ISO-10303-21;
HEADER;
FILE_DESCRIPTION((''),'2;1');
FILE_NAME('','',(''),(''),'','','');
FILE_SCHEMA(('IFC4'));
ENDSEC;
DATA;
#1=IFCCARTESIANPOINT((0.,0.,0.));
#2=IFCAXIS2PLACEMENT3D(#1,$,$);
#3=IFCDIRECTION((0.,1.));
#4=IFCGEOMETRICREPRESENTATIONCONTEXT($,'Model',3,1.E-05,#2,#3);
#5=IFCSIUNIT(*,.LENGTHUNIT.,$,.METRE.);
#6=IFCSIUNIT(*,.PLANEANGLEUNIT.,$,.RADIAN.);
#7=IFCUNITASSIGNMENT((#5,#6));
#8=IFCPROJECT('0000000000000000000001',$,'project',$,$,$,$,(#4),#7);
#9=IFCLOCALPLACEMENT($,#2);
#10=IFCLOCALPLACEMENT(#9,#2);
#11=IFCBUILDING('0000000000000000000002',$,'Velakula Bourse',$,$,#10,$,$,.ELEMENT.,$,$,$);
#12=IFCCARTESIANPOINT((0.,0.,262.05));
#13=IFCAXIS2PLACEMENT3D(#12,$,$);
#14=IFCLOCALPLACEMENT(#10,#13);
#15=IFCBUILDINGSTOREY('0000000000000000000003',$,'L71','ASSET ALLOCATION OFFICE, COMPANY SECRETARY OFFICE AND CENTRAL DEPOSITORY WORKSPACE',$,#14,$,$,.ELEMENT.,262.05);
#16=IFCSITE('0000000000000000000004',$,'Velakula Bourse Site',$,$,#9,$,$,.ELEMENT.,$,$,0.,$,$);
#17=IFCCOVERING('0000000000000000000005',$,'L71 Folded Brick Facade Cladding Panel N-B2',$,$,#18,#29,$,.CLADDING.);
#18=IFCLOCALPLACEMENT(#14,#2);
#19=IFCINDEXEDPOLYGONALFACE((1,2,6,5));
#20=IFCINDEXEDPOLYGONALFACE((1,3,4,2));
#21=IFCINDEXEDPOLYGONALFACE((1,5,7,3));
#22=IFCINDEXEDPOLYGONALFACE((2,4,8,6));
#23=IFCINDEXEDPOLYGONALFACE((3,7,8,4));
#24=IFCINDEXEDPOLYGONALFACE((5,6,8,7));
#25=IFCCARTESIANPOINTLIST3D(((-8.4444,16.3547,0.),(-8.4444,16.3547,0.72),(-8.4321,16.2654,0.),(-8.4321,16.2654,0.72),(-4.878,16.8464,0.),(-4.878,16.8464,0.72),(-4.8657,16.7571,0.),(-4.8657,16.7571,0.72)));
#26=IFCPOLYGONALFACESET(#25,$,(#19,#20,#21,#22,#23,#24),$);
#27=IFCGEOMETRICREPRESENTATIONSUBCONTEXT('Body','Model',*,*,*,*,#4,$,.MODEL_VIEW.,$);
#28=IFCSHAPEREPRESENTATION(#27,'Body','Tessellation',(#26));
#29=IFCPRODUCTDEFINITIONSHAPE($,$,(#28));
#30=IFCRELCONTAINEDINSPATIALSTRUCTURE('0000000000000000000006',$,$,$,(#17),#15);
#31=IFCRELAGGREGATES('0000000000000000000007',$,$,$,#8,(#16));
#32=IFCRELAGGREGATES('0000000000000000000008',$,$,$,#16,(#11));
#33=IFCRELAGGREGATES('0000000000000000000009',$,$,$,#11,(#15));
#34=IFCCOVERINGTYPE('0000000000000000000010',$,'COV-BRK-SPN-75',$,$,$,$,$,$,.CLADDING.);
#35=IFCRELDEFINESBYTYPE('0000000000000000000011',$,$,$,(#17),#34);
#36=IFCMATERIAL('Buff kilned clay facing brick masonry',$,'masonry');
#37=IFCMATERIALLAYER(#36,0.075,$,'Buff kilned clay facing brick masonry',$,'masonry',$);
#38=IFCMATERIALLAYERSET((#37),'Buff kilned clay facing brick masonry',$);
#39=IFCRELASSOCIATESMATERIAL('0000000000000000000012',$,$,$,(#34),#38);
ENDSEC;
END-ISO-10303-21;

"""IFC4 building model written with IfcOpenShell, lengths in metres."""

from ifc_helpers import new_model, si_unit, direction, frame, origin, origin_2d, place, context, subcontext, project, spatial, rectangle, extrude, material, layer, layer_set, type_object, element, save


model = new_model("IFC4")

# Units and contexts
model_context = context("Model", 3, precision=1e-05, world=origin(), true_north=direction((0.0, 1.0)))
body_context = subcontext(model_context, "Body", "Model", "MODEL_VIEW")
ifc_project = project(units=[si_unit("LENGTHUNIT", "METRE"), si_unit("PLANEANGLEUNIT", "RADIAN")], contexts=[model_context])

# Site, building, storey
site_placement = place(None, origin())
site = spatial("IfcSite", under=ifc_project, at=site_placement, Name="Velakula Bourse Site", CompositionType="ELEMENT", RefElevation=0.0)
building_placement = place(site_placement, origin())
building = spatial("IfcBuilding", under=site, at=building_placement, Name="Velakula Bourse", CompositionType="ELEMENT")
storey_placement = place(building_placement, frame((0.0, 0.0, 262.05)))
storey = spatial("IfcBuildingStorey", under=building, at=storey_placement, Name="L71", Description="ASSET ALLOCATION OFFICE, COMPANY SECRETARY OFFICE AND CENTRAL DEPOSITORY WORKSPACE", CompositionType="ELEMENT", Elevation=262.05)

# Shared definitions
ifc_material_1 = material(Name="Buff kilned clay facing brick masonry", Category="masonry")

# Covering
ifc_layer_1 = layer(ifc_material_1, 0.075, Name="Buff kilned clay facing brick masonry", Category="masonry")
ifc_layer_set_1 = layer_set([ifc_layer_1], Name="Buff kilned clay facing brick masonry")
covering_type = type_object("IfcCoveringType", Name="COV-BRK-SPN-75", PredefinedType="CLADDING", material=ifc_layer_set_1)
covering_placement = place(storey_placement, frame((-6.655, 16.5559, 0.0), z_axis=(0.0, 0.0, 1.0), x_axis=(0.990629, 0.13658, 0.0)))
element("IfcCovering", 1, at=covering_placement, inside=storey, type_object=covering_type, Name="L71 Folded Brick Facade Cladding Panel N-B2", PredefinedType="CLADDING", context=body_context, shape_type="SweptSolid", body=[
    extrude(rectangle(XDim=3.6001, YDim=0.0901, at=origin_2d()), origin(), (0.0, 0.0, 1.0), 0.72),
])

save(model, "model.ifc")
